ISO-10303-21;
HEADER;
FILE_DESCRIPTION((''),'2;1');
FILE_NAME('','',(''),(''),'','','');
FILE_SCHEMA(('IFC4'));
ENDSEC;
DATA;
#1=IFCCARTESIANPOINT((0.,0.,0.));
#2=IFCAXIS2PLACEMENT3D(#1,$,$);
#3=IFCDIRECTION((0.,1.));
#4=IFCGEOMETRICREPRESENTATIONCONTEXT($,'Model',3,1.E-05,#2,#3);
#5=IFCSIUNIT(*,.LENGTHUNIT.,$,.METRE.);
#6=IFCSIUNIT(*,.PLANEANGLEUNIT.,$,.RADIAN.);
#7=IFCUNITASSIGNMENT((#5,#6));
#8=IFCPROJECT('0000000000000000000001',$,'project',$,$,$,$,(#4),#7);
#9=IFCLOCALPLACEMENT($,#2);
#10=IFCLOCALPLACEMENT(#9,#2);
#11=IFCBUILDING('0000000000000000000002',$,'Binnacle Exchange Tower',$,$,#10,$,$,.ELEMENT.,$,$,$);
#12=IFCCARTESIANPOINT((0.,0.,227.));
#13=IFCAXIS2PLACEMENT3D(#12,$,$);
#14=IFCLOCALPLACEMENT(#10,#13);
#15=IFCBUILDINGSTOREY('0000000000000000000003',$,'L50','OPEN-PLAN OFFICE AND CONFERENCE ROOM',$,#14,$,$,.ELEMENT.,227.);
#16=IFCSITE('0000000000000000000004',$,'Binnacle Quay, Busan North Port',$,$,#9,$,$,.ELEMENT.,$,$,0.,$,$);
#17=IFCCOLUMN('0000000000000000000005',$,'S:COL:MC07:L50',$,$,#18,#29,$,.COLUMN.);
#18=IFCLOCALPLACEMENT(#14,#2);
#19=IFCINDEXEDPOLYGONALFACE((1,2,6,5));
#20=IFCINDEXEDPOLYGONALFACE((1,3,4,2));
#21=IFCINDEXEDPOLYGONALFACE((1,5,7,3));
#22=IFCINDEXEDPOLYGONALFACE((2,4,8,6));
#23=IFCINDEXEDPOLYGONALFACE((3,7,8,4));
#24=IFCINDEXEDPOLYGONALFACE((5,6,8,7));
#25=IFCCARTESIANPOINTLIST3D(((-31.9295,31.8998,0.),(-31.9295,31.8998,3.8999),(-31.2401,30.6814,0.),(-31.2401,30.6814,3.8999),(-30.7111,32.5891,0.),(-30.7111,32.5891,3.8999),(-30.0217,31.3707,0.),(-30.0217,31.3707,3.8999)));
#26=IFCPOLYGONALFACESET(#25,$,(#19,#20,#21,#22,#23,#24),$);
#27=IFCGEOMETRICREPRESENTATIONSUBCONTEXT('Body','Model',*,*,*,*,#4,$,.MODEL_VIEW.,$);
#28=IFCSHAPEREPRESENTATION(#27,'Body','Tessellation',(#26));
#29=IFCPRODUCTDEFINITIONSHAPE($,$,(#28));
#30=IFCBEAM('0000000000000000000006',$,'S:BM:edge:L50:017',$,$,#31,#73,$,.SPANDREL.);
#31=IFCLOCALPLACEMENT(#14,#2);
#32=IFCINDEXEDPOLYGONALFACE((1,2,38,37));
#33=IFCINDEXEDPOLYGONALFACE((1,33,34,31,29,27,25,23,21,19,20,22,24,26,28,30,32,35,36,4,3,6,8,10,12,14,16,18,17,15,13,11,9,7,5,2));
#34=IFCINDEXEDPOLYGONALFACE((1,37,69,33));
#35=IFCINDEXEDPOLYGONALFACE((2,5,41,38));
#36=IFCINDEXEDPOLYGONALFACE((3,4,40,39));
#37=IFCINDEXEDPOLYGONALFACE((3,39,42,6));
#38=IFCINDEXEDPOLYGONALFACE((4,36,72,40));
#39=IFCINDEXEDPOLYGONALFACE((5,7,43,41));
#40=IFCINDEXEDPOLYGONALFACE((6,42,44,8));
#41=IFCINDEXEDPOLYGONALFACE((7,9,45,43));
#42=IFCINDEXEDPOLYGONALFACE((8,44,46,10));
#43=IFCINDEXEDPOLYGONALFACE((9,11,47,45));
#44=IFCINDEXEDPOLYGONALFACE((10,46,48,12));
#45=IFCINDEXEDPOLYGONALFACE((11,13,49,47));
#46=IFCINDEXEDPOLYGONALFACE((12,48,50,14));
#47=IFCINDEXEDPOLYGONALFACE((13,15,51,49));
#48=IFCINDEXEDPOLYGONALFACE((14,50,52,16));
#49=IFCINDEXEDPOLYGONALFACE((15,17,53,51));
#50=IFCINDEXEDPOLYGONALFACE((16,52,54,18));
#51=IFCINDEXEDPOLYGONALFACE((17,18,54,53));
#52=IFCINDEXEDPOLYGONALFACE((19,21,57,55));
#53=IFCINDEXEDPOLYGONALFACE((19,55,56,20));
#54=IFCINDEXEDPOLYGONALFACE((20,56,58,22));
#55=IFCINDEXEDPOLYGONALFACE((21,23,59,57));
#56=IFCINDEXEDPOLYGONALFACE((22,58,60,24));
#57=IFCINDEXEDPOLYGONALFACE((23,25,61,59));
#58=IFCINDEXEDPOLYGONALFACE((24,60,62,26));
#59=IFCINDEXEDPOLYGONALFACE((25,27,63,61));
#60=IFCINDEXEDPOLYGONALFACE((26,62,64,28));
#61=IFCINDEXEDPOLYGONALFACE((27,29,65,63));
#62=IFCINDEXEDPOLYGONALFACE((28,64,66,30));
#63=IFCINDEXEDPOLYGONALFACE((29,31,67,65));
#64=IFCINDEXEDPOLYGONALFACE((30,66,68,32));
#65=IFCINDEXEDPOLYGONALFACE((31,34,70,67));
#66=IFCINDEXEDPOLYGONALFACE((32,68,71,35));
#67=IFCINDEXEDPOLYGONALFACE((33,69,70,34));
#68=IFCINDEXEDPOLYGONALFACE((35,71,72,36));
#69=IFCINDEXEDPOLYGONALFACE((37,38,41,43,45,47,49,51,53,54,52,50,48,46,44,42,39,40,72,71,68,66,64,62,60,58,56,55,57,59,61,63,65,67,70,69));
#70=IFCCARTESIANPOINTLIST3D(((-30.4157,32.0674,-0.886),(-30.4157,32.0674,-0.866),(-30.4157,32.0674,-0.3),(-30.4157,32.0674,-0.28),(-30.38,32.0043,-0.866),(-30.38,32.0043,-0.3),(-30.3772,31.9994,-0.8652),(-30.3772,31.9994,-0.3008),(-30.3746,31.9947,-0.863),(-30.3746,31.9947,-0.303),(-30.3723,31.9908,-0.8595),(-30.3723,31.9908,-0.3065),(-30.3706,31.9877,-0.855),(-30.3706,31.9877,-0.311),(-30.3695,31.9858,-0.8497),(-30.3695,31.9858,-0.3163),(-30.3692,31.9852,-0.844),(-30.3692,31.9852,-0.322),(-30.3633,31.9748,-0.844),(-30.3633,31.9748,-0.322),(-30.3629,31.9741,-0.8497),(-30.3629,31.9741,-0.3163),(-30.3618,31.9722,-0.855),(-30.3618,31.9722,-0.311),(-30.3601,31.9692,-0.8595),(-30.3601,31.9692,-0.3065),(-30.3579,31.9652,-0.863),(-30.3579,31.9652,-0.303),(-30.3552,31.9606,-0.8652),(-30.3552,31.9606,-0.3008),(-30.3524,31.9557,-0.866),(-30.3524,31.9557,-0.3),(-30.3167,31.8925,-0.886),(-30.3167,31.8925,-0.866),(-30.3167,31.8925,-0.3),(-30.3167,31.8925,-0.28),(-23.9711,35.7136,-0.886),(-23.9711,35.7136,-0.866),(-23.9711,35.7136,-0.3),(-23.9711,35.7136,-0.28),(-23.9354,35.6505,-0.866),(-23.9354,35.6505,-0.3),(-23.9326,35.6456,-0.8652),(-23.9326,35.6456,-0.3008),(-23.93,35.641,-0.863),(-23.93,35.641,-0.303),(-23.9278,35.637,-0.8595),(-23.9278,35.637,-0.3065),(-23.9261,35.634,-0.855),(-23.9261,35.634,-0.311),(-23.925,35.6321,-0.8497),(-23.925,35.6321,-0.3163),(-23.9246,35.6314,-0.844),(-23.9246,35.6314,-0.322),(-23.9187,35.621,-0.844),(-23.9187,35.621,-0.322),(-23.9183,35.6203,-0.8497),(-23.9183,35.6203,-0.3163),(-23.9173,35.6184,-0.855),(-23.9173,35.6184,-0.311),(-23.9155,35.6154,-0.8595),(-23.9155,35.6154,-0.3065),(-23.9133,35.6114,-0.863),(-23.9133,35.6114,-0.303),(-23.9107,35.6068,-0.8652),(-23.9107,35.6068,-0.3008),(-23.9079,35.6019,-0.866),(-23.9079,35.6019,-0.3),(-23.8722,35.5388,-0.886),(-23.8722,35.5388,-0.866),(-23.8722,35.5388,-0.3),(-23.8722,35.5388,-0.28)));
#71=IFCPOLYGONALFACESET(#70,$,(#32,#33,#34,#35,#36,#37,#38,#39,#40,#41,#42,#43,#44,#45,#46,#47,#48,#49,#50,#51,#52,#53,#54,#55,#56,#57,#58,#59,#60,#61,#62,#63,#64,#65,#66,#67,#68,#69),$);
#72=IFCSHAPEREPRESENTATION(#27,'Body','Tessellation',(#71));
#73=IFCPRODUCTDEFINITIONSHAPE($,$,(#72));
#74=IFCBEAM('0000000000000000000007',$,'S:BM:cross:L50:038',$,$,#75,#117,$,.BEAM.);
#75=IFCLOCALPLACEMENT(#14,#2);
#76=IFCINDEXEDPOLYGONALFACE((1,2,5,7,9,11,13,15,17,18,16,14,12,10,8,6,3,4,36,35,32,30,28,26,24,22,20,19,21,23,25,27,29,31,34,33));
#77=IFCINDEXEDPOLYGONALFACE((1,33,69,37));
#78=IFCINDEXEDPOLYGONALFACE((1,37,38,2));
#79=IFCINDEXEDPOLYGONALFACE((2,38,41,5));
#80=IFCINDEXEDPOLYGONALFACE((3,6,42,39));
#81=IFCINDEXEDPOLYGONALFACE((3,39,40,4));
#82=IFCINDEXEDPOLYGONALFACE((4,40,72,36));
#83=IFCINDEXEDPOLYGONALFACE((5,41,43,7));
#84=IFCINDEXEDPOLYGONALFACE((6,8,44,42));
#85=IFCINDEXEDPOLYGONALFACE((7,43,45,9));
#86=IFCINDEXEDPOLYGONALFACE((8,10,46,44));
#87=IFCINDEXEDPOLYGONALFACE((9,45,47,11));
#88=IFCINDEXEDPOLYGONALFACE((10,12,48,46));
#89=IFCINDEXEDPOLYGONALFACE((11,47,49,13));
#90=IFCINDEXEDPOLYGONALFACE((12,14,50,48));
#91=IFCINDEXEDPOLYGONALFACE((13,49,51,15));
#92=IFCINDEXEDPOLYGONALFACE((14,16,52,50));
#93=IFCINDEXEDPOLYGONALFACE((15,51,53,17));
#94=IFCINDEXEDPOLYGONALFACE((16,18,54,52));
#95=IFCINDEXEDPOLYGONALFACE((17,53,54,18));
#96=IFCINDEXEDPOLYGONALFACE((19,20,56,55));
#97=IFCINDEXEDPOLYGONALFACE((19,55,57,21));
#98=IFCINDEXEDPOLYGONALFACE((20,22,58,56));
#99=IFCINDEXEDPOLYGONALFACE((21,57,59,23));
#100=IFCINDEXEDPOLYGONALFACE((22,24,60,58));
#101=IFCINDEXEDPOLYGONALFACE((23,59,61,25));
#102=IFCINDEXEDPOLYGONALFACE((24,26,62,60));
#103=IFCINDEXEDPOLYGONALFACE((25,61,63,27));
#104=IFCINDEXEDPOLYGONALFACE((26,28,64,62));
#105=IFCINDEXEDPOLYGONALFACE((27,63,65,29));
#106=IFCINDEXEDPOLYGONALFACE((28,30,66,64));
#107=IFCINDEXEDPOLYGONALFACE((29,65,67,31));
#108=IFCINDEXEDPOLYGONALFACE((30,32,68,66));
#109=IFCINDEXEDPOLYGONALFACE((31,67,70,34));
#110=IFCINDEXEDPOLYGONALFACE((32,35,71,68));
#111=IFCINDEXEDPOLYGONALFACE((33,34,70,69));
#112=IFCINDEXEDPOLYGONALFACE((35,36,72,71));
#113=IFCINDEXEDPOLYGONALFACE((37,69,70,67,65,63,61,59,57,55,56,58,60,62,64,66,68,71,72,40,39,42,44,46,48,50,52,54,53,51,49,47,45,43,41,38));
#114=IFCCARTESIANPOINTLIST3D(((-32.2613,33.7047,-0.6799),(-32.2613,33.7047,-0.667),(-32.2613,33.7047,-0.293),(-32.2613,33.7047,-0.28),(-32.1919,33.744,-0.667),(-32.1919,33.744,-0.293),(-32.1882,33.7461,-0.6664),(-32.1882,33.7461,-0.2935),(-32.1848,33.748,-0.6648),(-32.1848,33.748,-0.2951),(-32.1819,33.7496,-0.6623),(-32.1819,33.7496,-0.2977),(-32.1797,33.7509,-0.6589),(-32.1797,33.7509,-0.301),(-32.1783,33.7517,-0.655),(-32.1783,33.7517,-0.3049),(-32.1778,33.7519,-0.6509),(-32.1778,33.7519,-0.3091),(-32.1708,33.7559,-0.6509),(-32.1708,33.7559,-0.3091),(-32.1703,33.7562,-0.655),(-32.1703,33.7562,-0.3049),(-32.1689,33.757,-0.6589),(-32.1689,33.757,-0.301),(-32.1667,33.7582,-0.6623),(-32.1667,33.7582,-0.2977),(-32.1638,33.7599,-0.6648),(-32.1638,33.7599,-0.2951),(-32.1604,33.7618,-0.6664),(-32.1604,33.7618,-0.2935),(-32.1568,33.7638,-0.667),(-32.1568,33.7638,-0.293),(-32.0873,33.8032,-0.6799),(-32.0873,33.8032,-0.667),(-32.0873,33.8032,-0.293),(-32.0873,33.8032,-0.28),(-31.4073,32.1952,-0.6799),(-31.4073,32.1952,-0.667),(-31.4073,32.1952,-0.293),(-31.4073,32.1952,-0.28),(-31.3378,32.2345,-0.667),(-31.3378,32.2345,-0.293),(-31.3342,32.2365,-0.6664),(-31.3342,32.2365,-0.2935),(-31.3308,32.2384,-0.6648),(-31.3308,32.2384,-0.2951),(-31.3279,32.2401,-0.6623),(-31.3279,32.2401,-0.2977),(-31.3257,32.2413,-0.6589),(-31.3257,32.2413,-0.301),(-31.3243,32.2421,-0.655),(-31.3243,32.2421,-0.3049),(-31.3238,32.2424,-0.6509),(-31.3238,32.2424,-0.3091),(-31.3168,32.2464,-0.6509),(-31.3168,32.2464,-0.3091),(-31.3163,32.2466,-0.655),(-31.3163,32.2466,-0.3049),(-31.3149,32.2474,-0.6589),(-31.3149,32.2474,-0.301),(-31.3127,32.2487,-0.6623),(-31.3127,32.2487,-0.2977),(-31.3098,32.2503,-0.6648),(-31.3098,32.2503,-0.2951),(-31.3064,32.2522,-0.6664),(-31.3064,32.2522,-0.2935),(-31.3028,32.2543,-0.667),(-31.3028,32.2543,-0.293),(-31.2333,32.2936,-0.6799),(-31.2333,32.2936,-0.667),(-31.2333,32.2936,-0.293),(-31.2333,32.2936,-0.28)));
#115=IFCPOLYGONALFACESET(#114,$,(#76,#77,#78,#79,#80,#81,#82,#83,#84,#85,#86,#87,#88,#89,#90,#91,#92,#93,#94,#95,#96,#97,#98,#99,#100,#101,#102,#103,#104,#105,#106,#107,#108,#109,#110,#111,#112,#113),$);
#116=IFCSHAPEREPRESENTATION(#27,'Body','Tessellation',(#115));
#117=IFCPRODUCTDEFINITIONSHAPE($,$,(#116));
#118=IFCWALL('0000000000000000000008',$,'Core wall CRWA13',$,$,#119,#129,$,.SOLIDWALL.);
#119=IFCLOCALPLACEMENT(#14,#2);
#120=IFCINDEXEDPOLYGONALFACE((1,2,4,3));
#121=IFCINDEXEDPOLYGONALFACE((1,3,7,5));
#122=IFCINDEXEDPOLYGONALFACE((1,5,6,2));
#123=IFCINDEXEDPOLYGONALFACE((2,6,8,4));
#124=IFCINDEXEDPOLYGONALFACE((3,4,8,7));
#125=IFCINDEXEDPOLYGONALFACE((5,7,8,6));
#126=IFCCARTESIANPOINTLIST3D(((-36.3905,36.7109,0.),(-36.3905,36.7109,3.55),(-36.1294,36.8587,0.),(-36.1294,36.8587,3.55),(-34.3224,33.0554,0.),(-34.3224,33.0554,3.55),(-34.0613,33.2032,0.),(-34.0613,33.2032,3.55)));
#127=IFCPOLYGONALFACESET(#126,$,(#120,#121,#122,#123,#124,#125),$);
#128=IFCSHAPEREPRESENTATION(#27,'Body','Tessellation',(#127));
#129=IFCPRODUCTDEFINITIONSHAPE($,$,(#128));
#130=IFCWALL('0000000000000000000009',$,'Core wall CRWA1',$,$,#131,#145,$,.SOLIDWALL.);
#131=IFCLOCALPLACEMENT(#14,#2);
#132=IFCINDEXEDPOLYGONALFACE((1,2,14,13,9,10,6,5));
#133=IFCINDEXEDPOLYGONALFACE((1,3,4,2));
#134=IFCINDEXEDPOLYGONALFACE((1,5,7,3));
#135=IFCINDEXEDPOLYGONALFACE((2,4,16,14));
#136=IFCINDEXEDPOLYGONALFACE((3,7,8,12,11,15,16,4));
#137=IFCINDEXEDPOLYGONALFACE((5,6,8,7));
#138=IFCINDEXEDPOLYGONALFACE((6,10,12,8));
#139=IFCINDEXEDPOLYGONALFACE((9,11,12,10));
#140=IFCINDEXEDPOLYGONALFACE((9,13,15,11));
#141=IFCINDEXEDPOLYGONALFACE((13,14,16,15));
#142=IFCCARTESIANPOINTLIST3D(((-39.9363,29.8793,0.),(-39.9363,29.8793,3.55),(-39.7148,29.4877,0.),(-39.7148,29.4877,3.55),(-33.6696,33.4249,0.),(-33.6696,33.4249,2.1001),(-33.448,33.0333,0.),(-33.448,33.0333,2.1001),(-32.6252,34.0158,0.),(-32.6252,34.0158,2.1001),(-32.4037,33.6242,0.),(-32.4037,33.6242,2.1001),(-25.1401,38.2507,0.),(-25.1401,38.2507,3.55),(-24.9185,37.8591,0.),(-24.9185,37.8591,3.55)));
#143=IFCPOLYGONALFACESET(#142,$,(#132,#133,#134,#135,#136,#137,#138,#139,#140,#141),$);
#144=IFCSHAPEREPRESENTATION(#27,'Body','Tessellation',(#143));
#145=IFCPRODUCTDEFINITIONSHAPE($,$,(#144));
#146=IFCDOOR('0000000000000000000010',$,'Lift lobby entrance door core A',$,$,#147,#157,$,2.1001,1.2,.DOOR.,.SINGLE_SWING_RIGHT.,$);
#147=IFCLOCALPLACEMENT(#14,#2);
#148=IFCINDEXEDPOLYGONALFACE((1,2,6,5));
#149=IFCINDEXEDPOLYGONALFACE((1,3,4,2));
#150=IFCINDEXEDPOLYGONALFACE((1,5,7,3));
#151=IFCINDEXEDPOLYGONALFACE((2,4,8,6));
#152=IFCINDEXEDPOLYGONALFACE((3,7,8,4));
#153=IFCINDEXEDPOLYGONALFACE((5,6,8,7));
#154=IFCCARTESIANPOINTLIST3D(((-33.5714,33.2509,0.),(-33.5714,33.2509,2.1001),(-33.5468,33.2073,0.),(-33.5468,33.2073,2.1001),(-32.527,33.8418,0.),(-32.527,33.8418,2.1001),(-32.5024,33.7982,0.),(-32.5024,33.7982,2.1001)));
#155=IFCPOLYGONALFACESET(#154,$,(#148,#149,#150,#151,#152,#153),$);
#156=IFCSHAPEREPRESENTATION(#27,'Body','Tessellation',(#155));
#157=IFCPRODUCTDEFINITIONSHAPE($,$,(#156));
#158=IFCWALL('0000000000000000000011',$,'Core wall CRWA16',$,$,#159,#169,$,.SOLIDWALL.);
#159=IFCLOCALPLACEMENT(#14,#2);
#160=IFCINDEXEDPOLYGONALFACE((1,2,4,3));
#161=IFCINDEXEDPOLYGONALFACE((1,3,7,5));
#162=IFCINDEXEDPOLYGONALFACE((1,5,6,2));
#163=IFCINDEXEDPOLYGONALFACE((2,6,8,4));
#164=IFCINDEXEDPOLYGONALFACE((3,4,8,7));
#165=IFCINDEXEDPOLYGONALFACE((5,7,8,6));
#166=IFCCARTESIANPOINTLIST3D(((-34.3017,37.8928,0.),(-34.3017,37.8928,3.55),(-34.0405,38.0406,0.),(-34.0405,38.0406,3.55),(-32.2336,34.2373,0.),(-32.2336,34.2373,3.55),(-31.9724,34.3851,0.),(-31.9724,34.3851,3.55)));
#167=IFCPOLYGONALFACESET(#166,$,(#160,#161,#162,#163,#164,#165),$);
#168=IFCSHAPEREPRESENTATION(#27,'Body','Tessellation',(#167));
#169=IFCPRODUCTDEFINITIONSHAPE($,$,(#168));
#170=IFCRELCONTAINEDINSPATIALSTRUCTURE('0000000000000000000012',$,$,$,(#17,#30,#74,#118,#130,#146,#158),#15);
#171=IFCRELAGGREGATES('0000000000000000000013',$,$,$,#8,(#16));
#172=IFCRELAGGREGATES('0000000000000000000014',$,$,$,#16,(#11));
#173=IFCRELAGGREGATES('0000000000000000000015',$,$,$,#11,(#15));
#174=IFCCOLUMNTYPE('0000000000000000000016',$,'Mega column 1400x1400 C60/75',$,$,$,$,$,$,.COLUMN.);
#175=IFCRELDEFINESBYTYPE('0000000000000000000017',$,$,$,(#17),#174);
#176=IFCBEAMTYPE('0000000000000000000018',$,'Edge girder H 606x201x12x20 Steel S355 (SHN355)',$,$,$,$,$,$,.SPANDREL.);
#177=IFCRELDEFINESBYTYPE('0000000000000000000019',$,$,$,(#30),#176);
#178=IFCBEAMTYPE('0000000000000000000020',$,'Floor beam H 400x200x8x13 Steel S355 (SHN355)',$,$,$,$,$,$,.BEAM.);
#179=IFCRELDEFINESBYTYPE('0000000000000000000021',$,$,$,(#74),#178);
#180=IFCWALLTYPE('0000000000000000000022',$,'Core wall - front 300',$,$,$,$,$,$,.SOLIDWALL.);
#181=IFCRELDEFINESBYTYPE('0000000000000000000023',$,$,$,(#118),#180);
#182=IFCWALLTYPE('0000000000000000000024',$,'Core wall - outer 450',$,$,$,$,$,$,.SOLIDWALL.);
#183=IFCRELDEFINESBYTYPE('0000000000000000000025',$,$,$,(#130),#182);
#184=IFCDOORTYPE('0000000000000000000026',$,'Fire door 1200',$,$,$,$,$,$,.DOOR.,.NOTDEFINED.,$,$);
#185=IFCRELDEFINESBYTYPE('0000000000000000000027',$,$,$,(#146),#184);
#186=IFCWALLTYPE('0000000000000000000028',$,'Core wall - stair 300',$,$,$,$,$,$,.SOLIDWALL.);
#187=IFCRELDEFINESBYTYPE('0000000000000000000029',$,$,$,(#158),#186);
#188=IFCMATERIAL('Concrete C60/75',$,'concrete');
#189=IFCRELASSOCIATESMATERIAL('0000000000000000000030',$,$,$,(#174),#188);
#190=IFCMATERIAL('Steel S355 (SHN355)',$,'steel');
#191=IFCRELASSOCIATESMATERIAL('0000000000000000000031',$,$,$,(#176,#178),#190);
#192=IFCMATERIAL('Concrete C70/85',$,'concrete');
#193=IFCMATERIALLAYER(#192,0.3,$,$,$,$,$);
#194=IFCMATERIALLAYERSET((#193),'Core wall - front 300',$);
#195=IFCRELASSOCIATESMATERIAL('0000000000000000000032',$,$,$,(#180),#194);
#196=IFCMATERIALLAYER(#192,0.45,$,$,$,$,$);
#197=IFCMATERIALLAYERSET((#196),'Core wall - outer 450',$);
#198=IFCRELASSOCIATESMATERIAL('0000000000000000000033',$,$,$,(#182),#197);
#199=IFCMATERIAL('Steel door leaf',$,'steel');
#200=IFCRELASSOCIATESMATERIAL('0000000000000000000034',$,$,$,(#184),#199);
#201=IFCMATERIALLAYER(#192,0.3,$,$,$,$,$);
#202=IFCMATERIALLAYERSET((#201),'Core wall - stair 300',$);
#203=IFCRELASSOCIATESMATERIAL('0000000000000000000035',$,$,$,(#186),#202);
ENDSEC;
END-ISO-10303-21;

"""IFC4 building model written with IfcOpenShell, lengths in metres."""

from ifc_helpers import new_model, si_unit, direction, frame, frame_2d, origin, origin_2d, place, context, subcontext, project, spatial, rectangle, i_section, extrude, material, layer, layer_set, material_profile, profile_set, type_object, element, fill, save


model = new_model("IFC4")

# Units and contexts
model_context = context("Model", 3, precision=1e-05, world=origin(), true_north=direction((0.0, 1.0)))
body_context = subcontext(model_context, "Body", "Model", "MODEL_VIEW")
ifc_project = project(units=[si_unit("LENGTHUNIT", "METRE"), si_unit("PLANEANGLEUNIT", "RADIAN")], contexts=[model_context])

# Site, building, storey
site_placement = place(None, origin())
site = spatial("IfcSite", under=ifc_project, at=site_placement, Name="Binnacle Quay, Busan North Port", CompositionType="ELEMENT", RefElevation=0.0)
building_placement = place(site_placement, origin())
building = spatial("IfcBuilding", under=site, at=building_placement, Name="Binnacle Exchange Tower", CompositionType="ELEMENT")
storey_placement = place(building_placement, frame((0.0, 0.0, 227.0)))
storey = spatial("IfcBuildingStorey", under=building, at=storey_placement, Name="L50", Description="OPEN-PLAN OFFICE AND CONFERENCE ROOM", CompositionType="ELEMENT", Elevation=227.0)

# Column
ifc_material_1 = material(Name="Concrete C60/75", Category="concrete")
ifc_material_profile_1 = material_profile(ifc_material_1, rectangle(XDim=1.3999, YDim=1.3999, at=origin_2d()), Name="Mega column 1400x1400 C60/75")
ifc_profile_set_1 = profile_set([ifc_material_profile_1], Name="Concrete C60/75")
column_type = type_object("IfcColumnType", Name="Mega column 1400x1400 C60/75", PredefinedType="COLUMN", material=ifc_profile_set_1)
column_placement = place(storey_placement, frame((-30.9756, 31.6353, 0.0), z_axis=(0.0, 0.0, 1.0), x_axis=(0.870356, 0.492424, 0.0)))
element("IfcColumn", 1, at=column_placement, inside=storey, type_object=column_type, Name="S:COL:MC07:L50", PredefinedType="COLUMN", context=body_context, shape_type="SweptSolid", body=[
    extrude(rectangle(XDim=1.3999, YDim=1.3999, at=origin_2d()), origin(), (0.0, 0.0, 1.0), 3.8999),
])

# Beams
ifc_material_2 = material(Name="Steel S355 (SHN355)", Category="steel")
ifc_material_profile_2 = material_profile(ifc_material_2, i_section(OverallWidth=0.2009, OverallDepth=0.606, WebThickness=0.012, FlangeThickness=0.02, FilletRadius=0.022, at=origin_2d()), Name="H 606x201x12x20")
ifc_profile_set_2 = profile_set([ifc_material_profile_2], Name="Steel S355 (SHN355)")
beam_type_1 = type_object("IfcBeamType", Name="Edge girder H 606x201x12x20 Steel S355 (SHN355)", PredefinedType="SPANDREL", material=ifc_profile_set_2)
beam_1_placement = place(storey_placement, frame((-30.3662, 31.98, -0.583), z_axis=(0.870352, 0.492431, 0.0), x_axis=(-0.492431, 0.870352, 0.0)))
element("IfcBeam", 2, at=beam_1_placement, inside=storey, type_object=beam_type_1, Name="S:BM:edge:L50:017", PredefinedType="SPANDREL", context=body_context, shape_type="SweptSolid", body=[
    extrude(i_section(OverallWidth=0.2009, OverallDepth=0.606, WebThickness=0.012, FlangeThickness=0.02, FilletRadius=0.022, at=origin_2d()), origin(), (0.0, 0.0, 1.0), 7.4045),
])
ifc_material_profile_3 = material_profile(ifc_material_2, i_section(OverallWidth=0.2, OverallDepth=0.3999, WebThickness=0.0081, FlangeThickness=0.0129, FilletRadius=0.0161, at=origin_2d()), Name="H 400x200x8x13")
ifc_profile_set_3 = profile_set([ifc_material_profile_3], Name="Steel S355 (SHN355)")
beam_type_2 = type_object("IfcBeamType", Name="Floor beam H 400x200x8x13 Steel S355 (SHN355)", PredefinedType="BEAM", material=ifc_profile_set_3)
beam_2_placement = place(storey_placement, frame((-31.3203, 32.2444, -0.48), z_axis=(-0.492405, 0.870366, 0.0), x_axis=(-0.870366, -0.492405, 0.0)))
element("IfcBeam", 3, at=beam_2_placement, inside=storey, type_object=beam_type_2, Name="S:BM:cross:L50:038", PredefinedType="BEAM", context=body_context, shape_type="SweptSolid", body=[
    extrude(i_section(OverallWidth=0.2, OverallDepth=0.3999, WebThickness=0.0081, FlangeThickness=0.0129, FilletRadius=0.0161, at=origin_2d()), origin(), (0.0, 0.0, 1.0), 1.7344),
])

# Wall
ifc_material_3 = material(Name="Concrete C70/85", Category="concrete")
ifc_layer_1 = layer(ifc_material_3, 0.3)
ifc_layer_set_1 = layer_set([ifc_layer_1], Name="Core wall - front 300")
wall_type_1 = type_object("IfcWallType", Name="Core wall - front 300", PredefinedType="SOLIDWALL", material=ifc_layer_set_1)
wall_1_placement = place(storey_placement, frame((-36.26, 36.7849, 0.0), z_axis=(0.0, 0.0, 1.0), x_axis=(0.49241, -0.870364, 0.0)))
element("IfcWall", 4, at=wall_1_placement, inside=storey, type_object=wall_type_1, Name="Core wall CRWA13", PredefinedType="SOLIDWALL", context=body_context, shape_type="SweptSolid", body=[
    extrude(rectangle(XDim=4.2, YDim=0.3, at=frame_2d((2.1001, 0.0))), origin(), (0.0, 0.0, 1.0), 3.55),
])

# Wall, opening, door
ifc_layer_2 = layer(ifc_material_3, 0.45)
ifc_layer_set_2 = layer_set([ifc_layer_2], Name="Core wall - outer 450")
wall_type_2 = type_object("IfcWallType", Name="Core wall - outer 450", PredefinedType="SOLIDWALL", material=ifc_layer_set_2)
wall_2_placement = place(storey_placement, frame((-39.8254, 29.6836, 0.0), z_axis=(0.0, 0.0, 1.0), x_axis=(0.870354, 0.492427, 0.0)))
wall_2 = element("IfcWall", 5, at=wall_2_placement, inside=storey, type_object=wall_type_2, Name="Core wall CRWA1", PredefinedType="SOLIDWALL", context=body_context, shape_type="SweptSolid", body=[
    extrude(rectangle(XDim=17.0002, YDim=0.45, at=frame_2d((8.5, 0.0))), origin(), (0.0, 0.0, 1.0), 3.55),
])
opening_placement = place(wall_2_placement, frame((7.2, 0.0, 0.0)))
opening = element("IfcOpeningElement", 6, at=opening_placement, cuts=wall_2, PredefinedType="OPENING", context=body_context, shape_type="SweptSolid", body=[
    extrude(rectangle(XDim=1.2, YDim=2.1001, at=frame_2d((0.6001, 1.05))), frame((0.0, 0.2349, 0.0), z_axis=(0.0, -1.0, 0.0), x_axis=(1.0, 0.0, 0.0)), (0.0, 0.0, 1.0), 0.47),
])
ifc_material_4 = material(Name="Steel door leaf", Category="steel")
door_type = type_object("IfcDoorType", Name="Fire door 1200", OperationType="NOTDEFINED", PredefinedType="DOOR", material=ifc_material_4)
door_placement = place(opening_placement, frame((1.2, 0.0, 0.0), z_axis=(0.0, 0.0, 1.0), x_axis=(-1.0, 0.0, 0.0)))
door = element("IfcDoor", 7, at=door_placement, inside=storey, type_object=door_type, Name="Lift lobby entrance door core A", OperationType="SINGLE_SWING_RIGHT", OverallHeight=2.1001, OverallWidth=1.2, PredefinedType="DOOR", context=body_context, shape_type="SweptSolid", body=[
    extrude(rectangle(XDim=1.2, YDim=2.1001, at=frame_2d((0.6001, 1.05))), frame((0.0, 0.0249, 0.0), z_axis=(0.0, -1.0, 0.0), x_axis=(1.0, 0.0, 0.0)), (0.0, 0.0, 1.0), 0.05),
])
fill(opening, door)

# Wall
ifc_layer_3 = layer(ifc_material_3, 0.3)
ifc_layer_set_3 = layer_set([ifc_layer_3], Name="Core wall - stair 300")
wall_type_3 = type_object("IfcWallType", Name="Core wall - stair 300", PredefinedType="SOLIDWALL", material=ifc_layer_set_3)
wall_3_placement = place(storey_placement, frame((-34.1711, 37.9668, 0.0), z_axis=(0.0, 0.0, 1.0), x_axis=(0.49241, -0.870364, 0.0)))
element("IfcWall", 8, at=wall_3_placement, inside=storey, type_object=wall_type_3, Name="Core wall CRWA16", PredefinedType="SOLIDWALL", context=body_context, shape_type="SweptSolid", body=[
    extrude(rectangle(XDim=4.2, YDim=0.3, at=frame_2d((2.1001, 0.0))), origin(), (0.0, 0.0, 1.0), 3.55),
])

save(model, "model.ifc")
